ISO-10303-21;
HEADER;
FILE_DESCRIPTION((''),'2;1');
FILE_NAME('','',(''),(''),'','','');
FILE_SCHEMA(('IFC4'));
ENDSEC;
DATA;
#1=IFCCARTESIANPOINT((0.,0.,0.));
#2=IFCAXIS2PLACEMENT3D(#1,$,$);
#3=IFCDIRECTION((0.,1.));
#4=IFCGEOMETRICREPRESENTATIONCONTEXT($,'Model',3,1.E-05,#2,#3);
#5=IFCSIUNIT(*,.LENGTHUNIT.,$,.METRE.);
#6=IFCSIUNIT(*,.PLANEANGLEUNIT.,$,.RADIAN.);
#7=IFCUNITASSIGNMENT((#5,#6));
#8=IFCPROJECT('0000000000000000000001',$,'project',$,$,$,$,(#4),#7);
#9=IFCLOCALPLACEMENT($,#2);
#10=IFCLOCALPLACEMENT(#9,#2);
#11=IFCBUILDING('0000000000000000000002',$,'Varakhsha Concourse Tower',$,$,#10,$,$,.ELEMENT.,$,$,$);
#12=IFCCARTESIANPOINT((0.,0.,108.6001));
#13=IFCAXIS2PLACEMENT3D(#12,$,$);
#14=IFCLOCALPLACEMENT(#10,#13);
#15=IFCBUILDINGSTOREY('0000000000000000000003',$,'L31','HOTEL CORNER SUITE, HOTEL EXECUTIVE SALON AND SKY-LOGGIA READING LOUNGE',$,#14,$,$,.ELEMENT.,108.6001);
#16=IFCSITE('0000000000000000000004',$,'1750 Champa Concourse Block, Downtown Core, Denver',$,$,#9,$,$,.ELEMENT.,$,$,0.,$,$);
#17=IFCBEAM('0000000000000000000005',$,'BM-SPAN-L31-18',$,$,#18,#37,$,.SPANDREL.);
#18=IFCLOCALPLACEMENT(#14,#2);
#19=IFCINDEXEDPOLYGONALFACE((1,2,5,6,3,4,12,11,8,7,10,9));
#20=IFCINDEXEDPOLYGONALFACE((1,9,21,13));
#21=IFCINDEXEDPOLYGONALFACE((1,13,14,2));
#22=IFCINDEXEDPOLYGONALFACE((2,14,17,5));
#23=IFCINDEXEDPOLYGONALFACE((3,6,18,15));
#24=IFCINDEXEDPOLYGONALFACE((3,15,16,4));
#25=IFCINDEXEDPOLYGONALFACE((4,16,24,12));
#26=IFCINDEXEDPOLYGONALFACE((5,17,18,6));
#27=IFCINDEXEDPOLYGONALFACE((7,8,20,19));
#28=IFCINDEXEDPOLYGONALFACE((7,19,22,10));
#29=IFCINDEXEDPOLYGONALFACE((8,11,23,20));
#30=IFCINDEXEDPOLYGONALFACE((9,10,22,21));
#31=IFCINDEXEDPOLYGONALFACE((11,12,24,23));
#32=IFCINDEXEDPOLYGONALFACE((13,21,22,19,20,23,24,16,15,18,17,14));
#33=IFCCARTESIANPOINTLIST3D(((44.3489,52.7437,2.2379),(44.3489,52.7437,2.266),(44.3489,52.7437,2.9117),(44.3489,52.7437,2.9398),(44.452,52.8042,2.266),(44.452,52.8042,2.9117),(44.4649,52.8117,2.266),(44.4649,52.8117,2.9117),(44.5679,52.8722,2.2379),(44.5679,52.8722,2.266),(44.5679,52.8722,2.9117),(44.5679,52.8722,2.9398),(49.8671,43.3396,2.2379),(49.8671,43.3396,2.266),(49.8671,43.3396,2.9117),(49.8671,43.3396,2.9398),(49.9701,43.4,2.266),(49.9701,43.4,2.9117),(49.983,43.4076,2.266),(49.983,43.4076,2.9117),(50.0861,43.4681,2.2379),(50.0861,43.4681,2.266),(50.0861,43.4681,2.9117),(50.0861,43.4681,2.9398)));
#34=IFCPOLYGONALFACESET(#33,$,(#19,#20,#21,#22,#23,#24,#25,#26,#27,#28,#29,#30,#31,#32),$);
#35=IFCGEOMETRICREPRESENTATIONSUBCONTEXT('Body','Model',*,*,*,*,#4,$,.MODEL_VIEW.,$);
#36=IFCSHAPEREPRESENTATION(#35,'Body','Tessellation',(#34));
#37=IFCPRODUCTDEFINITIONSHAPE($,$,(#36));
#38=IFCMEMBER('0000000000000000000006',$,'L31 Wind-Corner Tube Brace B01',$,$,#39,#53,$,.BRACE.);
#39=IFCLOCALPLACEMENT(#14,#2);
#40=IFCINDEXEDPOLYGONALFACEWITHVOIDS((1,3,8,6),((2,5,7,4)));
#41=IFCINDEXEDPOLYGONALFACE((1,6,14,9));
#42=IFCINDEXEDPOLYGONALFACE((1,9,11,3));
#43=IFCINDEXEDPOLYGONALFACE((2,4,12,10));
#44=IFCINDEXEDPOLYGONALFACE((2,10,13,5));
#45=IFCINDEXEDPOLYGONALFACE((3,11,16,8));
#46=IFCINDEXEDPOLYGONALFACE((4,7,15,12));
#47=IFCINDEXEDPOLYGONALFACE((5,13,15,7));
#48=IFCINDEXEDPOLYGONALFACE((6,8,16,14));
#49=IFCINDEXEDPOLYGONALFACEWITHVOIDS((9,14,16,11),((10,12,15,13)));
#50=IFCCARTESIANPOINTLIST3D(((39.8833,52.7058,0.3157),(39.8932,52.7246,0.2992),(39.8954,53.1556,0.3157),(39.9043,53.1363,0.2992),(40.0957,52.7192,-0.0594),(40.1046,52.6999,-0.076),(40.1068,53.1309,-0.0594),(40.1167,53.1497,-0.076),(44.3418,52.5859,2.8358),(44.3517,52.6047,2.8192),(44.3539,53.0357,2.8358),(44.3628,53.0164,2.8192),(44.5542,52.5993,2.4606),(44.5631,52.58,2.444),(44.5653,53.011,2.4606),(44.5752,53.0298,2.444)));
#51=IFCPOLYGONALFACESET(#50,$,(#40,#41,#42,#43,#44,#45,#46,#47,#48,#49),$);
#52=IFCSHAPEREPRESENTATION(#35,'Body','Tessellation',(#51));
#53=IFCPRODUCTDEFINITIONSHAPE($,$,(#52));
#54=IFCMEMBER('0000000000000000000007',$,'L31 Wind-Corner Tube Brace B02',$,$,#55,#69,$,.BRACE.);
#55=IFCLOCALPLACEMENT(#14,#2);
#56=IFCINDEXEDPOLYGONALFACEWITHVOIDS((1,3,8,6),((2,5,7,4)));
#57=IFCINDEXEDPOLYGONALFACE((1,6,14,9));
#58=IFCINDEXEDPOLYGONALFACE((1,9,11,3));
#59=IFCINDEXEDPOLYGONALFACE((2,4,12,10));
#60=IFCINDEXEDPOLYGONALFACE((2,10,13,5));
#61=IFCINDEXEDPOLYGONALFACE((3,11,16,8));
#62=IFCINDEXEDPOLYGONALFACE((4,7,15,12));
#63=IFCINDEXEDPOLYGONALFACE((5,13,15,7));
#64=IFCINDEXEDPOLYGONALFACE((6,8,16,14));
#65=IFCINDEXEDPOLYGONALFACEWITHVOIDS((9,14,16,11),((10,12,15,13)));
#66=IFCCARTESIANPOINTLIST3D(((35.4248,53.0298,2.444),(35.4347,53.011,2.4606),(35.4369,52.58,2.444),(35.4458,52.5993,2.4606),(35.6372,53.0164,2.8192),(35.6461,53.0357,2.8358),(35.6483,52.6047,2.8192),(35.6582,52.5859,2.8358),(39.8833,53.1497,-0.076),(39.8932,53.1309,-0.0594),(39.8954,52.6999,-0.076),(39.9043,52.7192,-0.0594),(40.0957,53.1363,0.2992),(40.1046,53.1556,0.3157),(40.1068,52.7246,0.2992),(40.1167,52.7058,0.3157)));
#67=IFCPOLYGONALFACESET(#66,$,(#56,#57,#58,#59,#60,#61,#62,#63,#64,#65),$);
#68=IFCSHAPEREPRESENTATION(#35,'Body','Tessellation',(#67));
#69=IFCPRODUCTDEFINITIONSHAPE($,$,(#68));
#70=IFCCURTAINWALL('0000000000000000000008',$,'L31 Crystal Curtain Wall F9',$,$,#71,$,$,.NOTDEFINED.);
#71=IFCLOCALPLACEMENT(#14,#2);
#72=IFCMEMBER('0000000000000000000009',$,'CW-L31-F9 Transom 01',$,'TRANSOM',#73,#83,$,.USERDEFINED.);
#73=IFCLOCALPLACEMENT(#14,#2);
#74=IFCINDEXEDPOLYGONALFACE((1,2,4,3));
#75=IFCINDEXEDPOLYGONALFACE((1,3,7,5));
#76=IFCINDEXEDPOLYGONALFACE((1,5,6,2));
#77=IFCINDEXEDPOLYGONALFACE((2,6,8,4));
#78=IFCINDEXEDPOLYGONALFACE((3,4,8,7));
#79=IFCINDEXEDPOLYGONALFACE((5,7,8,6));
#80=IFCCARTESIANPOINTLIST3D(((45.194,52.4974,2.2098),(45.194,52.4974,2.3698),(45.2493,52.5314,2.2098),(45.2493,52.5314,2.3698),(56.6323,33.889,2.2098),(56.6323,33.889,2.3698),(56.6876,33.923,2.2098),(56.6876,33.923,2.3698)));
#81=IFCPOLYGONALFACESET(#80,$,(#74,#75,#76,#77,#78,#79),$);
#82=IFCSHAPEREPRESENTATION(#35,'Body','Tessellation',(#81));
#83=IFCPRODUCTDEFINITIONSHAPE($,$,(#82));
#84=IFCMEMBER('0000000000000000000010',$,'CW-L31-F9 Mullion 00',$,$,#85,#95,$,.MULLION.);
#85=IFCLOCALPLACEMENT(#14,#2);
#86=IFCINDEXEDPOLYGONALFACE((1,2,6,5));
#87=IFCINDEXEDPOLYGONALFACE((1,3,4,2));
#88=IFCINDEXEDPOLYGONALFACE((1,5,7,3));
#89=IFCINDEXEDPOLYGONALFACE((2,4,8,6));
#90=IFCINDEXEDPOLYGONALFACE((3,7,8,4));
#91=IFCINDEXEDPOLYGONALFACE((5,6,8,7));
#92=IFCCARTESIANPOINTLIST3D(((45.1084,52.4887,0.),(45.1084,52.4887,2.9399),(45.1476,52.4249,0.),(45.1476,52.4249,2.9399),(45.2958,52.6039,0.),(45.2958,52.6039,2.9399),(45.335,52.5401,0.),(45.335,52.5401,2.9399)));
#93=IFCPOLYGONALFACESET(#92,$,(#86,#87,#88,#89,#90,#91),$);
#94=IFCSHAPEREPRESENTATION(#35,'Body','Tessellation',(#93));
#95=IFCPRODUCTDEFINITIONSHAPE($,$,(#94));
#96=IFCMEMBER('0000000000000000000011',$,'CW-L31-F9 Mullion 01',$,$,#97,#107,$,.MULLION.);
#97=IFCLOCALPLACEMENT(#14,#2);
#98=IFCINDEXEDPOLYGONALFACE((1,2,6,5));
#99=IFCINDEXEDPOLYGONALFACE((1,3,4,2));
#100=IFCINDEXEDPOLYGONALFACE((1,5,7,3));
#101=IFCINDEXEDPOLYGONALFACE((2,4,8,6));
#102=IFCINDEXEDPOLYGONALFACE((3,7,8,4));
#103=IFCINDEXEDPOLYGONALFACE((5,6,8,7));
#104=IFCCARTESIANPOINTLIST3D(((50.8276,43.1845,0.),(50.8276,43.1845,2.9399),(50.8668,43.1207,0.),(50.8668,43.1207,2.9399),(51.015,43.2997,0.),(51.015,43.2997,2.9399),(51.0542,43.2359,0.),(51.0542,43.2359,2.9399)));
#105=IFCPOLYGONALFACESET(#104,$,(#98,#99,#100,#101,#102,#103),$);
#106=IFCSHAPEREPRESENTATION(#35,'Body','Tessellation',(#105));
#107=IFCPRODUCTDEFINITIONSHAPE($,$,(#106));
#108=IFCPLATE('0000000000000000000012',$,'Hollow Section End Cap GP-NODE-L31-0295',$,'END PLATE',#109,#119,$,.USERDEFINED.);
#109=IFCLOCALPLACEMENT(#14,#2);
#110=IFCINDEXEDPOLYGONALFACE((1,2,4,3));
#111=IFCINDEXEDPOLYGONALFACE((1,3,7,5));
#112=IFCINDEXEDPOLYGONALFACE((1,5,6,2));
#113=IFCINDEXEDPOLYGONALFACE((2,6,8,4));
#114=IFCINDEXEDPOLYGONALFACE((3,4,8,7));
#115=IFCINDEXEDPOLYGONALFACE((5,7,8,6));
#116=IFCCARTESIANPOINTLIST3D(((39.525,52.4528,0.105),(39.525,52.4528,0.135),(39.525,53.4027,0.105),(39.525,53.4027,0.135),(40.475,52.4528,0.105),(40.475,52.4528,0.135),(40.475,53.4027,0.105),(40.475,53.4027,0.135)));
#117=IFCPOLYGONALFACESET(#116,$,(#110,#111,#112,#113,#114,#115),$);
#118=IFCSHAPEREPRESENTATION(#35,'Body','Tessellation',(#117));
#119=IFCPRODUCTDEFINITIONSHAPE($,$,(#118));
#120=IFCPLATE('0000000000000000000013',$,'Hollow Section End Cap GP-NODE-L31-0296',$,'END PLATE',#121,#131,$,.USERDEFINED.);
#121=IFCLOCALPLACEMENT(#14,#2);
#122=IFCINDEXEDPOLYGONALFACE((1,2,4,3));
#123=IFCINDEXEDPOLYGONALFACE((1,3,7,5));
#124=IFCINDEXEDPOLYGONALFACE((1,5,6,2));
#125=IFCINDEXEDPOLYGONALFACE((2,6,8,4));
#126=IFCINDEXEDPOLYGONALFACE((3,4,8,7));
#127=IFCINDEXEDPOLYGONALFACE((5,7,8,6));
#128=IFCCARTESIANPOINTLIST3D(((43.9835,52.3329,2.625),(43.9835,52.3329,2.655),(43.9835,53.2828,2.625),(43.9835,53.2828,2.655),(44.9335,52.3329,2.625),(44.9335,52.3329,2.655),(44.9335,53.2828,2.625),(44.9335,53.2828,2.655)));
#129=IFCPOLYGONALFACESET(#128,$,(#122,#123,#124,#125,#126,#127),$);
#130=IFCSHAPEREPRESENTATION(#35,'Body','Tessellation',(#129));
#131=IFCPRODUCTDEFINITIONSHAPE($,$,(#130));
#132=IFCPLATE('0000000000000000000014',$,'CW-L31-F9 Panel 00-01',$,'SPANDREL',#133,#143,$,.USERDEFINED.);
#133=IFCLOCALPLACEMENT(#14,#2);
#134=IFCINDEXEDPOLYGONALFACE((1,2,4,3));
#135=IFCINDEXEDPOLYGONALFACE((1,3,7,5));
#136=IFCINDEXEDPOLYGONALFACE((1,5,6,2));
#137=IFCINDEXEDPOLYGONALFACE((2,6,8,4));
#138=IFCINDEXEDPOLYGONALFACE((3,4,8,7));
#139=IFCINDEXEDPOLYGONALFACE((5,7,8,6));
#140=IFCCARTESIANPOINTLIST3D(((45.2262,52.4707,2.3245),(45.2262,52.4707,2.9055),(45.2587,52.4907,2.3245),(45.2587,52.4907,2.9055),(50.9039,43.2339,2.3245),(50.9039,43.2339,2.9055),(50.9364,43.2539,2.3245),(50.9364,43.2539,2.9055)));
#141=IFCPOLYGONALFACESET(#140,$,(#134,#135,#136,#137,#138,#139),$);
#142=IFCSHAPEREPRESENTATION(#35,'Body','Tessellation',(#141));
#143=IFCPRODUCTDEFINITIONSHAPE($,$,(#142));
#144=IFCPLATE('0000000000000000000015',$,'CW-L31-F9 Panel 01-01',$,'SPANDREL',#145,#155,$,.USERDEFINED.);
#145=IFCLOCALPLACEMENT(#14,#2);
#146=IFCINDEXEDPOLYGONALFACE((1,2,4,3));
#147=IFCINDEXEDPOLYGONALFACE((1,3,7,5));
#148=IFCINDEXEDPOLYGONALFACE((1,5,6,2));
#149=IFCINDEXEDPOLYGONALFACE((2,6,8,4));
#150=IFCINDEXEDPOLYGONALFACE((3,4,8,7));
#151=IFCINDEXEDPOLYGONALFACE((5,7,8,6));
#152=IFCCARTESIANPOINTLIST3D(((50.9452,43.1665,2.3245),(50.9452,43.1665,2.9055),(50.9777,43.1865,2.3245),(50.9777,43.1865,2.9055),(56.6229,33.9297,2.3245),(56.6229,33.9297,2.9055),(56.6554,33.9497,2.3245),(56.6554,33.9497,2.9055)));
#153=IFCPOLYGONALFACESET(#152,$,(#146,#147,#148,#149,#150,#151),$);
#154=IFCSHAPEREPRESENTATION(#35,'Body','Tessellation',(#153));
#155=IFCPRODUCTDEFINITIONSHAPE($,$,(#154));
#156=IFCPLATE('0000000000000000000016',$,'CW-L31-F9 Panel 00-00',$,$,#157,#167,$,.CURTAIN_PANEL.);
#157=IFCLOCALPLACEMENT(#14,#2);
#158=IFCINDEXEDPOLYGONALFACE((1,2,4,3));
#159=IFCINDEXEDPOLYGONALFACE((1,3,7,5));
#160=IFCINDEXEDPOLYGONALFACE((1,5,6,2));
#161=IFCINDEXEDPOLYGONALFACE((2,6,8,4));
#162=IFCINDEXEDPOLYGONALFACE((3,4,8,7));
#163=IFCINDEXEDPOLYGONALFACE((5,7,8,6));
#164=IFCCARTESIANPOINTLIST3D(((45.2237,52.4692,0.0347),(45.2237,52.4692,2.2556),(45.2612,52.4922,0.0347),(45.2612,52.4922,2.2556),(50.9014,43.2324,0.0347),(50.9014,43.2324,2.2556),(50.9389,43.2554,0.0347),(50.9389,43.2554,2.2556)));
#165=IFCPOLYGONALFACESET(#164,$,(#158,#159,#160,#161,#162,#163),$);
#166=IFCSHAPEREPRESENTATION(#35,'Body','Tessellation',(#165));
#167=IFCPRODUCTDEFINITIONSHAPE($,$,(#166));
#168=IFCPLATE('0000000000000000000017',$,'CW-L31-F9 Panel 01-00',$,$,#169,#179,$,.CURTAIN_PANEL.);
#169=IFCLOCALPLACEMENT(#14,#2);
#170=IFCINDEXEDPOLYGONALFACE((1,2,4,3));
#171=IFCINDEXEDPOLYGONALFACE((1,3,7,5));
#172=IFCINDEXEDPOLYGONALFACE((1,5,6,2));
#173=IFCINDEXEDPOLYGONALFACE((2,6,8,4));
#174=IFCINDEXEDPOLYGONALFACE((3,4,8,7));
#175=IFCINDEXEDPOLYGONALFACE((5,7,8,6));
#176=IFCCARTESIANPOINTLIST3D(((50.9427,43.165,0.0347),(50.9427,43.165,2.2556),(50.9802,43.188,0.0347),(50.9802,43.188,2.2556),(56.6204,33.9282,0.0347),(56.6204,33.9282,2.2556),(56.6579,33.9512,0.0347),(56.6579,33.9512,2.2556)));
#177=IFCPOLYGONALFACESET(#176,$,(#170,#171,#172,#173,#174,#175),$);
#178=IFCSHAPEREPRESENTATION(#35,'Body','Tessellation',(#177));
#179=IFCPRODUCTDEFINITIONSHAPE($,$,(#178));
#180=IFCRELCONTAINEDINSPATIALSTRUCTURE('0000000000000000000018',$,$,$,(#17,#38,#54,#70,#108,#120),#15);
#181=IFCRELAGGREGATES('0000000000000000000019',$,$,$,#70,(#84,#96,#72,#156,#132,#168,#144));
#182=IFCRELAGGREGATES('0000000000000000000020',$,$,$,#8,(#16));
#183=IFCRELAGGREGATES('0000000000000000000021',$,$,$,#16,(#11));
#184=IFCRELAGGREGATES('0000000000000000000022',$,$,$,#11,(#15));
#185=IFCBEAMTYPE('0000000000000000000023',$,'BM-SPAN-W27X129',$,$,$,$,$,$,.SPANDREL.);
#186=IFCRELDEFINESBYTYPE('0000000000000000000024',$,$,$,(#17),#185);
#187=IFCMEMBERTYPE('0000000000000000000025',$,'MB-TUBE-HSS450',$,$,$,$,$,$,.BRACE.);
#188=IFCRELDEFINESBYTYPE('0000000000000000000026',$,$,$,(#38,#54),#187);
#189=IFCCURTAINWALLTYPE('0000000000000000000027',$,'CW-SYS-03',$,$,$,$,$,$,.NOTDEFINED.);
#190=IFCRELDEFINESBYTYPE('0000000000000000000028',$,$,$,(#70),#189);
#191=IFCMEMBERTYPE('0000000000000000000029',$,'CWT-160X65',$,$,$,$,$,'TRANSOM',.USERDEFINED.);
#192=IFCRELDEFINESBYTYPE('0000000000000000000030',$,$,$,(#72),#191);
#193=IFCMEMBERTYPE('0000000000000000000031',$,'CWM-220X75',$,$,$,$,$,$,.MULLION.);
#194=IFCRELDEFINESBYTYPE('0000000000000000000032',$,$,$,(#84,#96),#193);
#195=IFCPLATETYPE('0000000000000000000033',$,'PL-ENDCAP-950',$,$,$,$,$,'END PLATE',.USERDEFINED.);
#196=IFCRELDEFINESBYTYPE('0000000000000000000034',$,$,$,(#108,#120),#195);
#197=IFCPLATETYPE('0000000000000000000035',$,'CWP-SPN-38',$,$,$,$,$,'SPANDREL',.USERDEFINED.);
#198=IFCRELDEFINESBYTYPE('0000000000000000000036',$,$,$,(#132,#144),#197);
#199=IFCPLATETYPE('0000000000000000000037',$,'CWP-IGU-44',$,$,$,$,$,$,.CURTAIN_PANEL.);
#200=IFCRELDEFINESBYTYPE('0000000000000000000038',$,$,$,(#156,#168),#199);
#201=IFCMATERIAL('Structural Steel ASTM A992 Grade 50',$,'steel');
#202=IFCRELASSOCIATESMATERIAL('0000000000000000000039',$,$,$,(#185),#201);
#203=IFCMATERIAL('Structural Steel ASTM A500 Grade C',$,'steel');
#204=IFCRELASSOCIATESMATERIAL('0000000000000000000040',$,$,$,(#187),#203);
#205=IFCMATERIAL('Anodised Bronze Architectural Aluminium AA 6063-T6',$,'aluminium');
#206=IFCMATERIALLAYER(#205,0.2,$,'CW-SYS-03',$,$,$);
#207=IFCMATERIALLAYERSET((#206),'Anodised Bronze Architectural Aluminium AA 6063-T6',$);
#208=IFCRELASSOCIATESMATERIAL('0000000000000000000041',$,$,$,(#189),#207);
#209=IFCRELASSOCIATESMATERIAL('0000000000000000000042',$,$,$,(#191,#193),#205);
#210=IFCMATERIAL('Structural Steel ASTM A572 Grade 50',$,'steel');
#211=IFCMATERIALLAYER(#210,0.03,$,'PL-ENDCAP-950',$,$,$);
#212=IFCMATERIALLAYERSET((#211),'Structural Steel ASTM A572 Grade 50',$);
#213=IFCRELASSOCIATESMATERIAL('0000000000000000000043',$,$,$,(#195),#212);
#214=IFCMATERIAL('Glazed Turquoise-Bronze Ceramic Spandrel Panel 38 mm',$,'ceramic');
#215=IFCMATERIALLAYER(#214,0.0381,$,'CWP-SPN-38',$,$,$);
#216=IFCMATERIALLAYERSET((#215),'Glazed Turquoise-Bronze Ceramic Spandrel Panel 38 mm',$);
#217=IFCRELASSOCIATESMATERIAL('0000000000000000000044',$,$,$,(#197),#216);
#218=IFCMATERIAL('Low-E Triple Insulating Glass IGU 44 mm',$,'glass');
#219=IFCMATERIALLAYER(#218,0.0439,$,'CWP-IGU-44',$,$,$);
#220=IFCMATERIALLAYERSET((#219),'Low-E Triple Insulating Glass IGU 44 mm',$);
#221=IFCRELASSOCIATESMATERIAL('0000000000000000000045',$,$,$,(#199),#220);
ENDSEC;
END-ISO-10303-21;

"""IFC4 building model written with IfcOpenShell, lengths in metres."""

from ifc_helpers import new_model, si_unit, direction, frame, origin, origin_2d, place, context, subcontext, project, spatial, rectangle, hollow_rectangle, i_section, extrude, source, transform, mapped, material, layer, layer_set, material_profile, profile_set, type_object, type_shapes, element, aggregate, save


model = new_model("IFC4")

# Units and contexts
model_context = context("Model", 3, precision=1e-05, world=origin(), true_north=direction((0.0, 1.0)))
body_context = subcontext(model_context, "Body", "Model", "MODEL_VIEW")
ifc_project = project(units=[si_unit("LENGTHUNIT", "METRE"), si_unit("PLANEANGLEUNIT", "RADIAN")], contexts=[model_context])

# Site, building, storey
site_placement = place(None, origin())
site = spatial("IfcSite", under=ifc_project, at=site_placement, Name="1750 Champa Concourse Block, Downtown Core, Denver", CompositionType="ELEMENT", RefElevation=0.0)
building_placement = place(site_placement, origin())
building = spatial("IfcBuilding", under=site, at=building_placement, Name="Varakhsha Concourse Tower", CompositionType="ELEMENT")
storey_placement = place(building_placement, frame((0.0, 0.0, 108.6001)))
storey = spatial("IfcBuildingStorey", under=building, at=storey_placement, Name="L31", Description="HOTEL CORNER SUITE, HOTEL EXECUTIVE SALON AND SKY-LOGGIA READING LOUNGE", CompositionType="ELEMENT", Elevation=108.6001)

# Shared definitions
ifc_material_1 = material(Name="Structural Steel ASTM A992 Grade 50", Category="steel")
ifc_material_2 = material(Name="Structural Steel ASTM A572 Grade 50", Category="steel")

# Beam
ifc_material_profile_1 = material_profile(ifc_material_1, i_section(OverallWidth=0.2539, OverallDepth=0.7019, WebThickness=0.0149, FlangeThickness=0.0281, at=origin_2d()), Name="W27X129")
ifc_profile_set_1 = profile_set([ifc_material_profile_1], Name="Structural Steel ASTM A992 Grade 50")
beam_type_1 = type_object("IfcBeamType", Name="BM-SPAN-W27X129", PredefinedType="SPANDREL", material=ifc_profile_set_1)
beam_1_placement = place(storey_placement, frame((49.9766, 43.4038, 2.5889), z_axis=(-0.506084, 0.862484, 0.0), x_axis=(-0.862484, -0.506084, 0.0)))
element("IfcBeam", 1, at=beam_1_placement, inside=storey, type_object=beam_type_1, Name="BM-SPAN-L31-18", PredefinedType="SPANDREL", context=body_context, shape_type="SweptSolid", body=[
    extrude(i_section(OverallWidth=0.2539, OverallDepth=0.7019, WebThickness=0.0149, FlangeThickness=0.0281, at=origin_2d()), origin(), (0.0, 0.0, 1.0), 10.9036),
])

# Members
ifc_material_3 = material(Name="Structural Steel ASTM A500 Grade C", Category="steel")
ifc_material_profile_2 = material_profile(ifc_material_3, hollow_rectangle(XDim=0.45, YDim=0.45, WallThickness=0.019, at=origin_2d()), Name="HSS 450x450x19")
ifc_profile_set_2 = profile_set([ifc_material_profile_2], Name="Structural Steel ASTM A500 Grade C")
member_type_1 = type_object("IfcMemberType", Name="MB-TUBE-HSS450", PredefinedType="BRACE", material=ifc_profile_set_2)
shared_shape_1 = source(origin(), body_context, "Body", "SweptSolid", [
    extrude(hollow_rectangle(XDim=0.45, YDim=0.45, WallThickness=0.019, at=origin_2d()), origin(), (0.0, 0.0, 1.0), 5.1228),
])
type_shapes(member_type_1, [shared_shape_1])
for number, where, z_axis, x_axis, name in (
    (2, (40.0, 52.9277, 0.1199), (0.870324, -0.0234, 0.491923), (0.026877, 0.999639, 0.0), "L31 Wind-Corner Tube Brace B01"),
    (3, (40.0, 52.9277, 0.1199), (-0.870324, -0.0234, 0.491923), (0.026877, -0.999639, 0.0), "L31 Wind-Corner Tube Brace B02"),
):
    element("IfcMember", number, at=place(storey_placement, frame(where, z_axis=z_axis, x_axis=x_axis)), inside=storey, type_object=member_type_1, Name=name, PredefinedType="BRACE", context=body_context, shape_type="MappedRepresentation", body=[
        mapped(shared_shape_1, transform((0.0, 0.0, 0.0), scale=1.0)),
    ])

# Curtain wall, members
ifc_material_4 = material(Name="Anodised Bronze Architectural Aluminium AA 6063-T6", Category="aluminium")
ifc_layer_1 = layer(ifc_material_4, 0.2, Name="CW-SYS-03")
ifc_layer_set_1 = layer_set([ifc_layer_1], Name="Anodised Bronze Architectural Aluminium AA 6063-T6")
curtain_wall_type = type_object("IfcCurtainWallType", Name="CW-SYS-03", PredefinedType="NOTDEFINED", material=ifc_layer_set_1)
curtain_wall_placement = place(storey_placement, origin())
curtain_wall = element("IfcCurtainWall", 4, at=curtain_wall_placement, inside=storey, type_object=curtain_wall_type, Name="L31 Crystal Curtain Wall F9", PredefinedType="NOTDEFINED")
ifc_material_profile_3 = material_profile(ifc_material_4, rectangle(XDim=0.0649, YDim=0.1599, at=origin_2d()), Name="CWT-160X65")
ifc_profile_set_3 = profile_set([ifc_material_profile_3], Name="Anodised Bronze Architectural Aluminium AA 6063-T6")
member_type_2 = type_object("IfcMemberType", Name="CWT-160X65", ElementType="TRANSOM", PredefinedType="USERDEFINED", material=ifc_profile_set_3)
shared_shape_2 = source(origin(), body_context, "Body", "SweptSolid", [
    extrude(rectangle(XDim=0.0649, YDim=0.1599, at=origin_2d()), origin(), (0.0, 0.0, 1.0), 21.8428),
])
type_shapes(member_type_2, [shared_shape_2])
member_1_placement = place(storey_placement, frame((45.2217, 52.5144, 2.2898), z_axis=(0.523663, -0.851926, 0.0), x_axis=(0.851926, 0.523663, 0.0)))
member_1 = element("IfcMember", 5, at=member_1_placement, type_object=member_type_2, Name="CW-L31-F9 Transom 01", ObjectType="TRANSOM", PredefinedType="USERDEFINED", context=body_context, shape_type="MappedRepresentation", body=[
    mapped(shared_shape_2, transform((0.0, 0.0, 0.0), scale=1.0)),
])
ifc_material_profile_4 = material_profile(ifc_material_4, rectangle(XDim=0.075, YDim=0.22, at=origin_2d()), Name="CWM-220X75")
ifc_profile_set_4 = profile_set([ifc_material_profile_4], Name="Anodised Bronze Architectural Aluminium AA 6063-T6")
member_type_3 = type_object("IfcMemberType", Name="CWM-220X75", PredefinedType="MULLION", material=ifc_profile_set_4)
shared_shape_3 = source(origin(), body_context, "Body", "SweptSolid", [
    extrude(rectangle(XDim=0.075, YDim=0.22, at=origin_2d()), origin(), (0.0, 0.0, 1.0), 2.9399),
])
type_shapes(member_type_3, [shared_shape_3])
member_2_placement = place(storey_placement, frame((45.2217, 52.5144, 0.0), z_axis=(0.0, 0.0, 1.0), x_axis=(0.523665, -0.851924, 0.0)))
member_2 = element("IfcMember", 6, at=member_2_placement, type_object=member_type_3, Name="CW-L31-F9 Mullion 00", PredefinedType="MULLION", context=body_context, shape_type="MappedRepresentation", body=[
    mapped(shared_shape_3, transform((0.0, 0.0, 0.0), scale=1.0)),
])
member_3_placement = place(storey_placement, frame((50.9409, 43.2102, 0.0), z_axis=(0.0, 0.0, 1.0), x_axis=(0.523665, -0.851924, 0.0)))
member_3 = element("IfcMember", 7, at=member_3_placement, type_object=member_type_3, Name="CW-L31-F9 Mullion 01", PredefinedType="MULLION", context=body_context, shape_type="MappedRepresentation", body=[
    mapped(shared_shape_3, transform((0.0, 0.0, 0.0), scale=1.0)),
])

# Plates
ifc_layer_2 = layer(ifc_material_2, 0.03, Name="PL-ENDCAP-950")
ifc_layer_set_2 = layer_set([ifc_layer_2], Name="Structural Steel ASTM A572 Grade 50")
plate_type_1 = type_object("IfcPlateType", Name="PL-ENDCAP-950", ElementType="END PLATE", PredefinedType="USERDEFINED", material=ifc_layer_set_2)
shared_shape_4 = source(origin(), body_context, "Body", "SweptSolid", [
    extrude(rectangle(XDim=0.95, YDim=0.95, at=origin_2d()), origin(), (0.0, 0.0, 1.0), 0.03),
])
type_shapes(plate_type_1, [shared_shape_4])
for number, where, z_axis, x_axis, name in (
    (8, (40.0, 52.9277, 0.105), (0.0, 0.0, 1.0), (1.0, 0.0, 0.0), "Hollow Section End Cap GP-NODE-L31-0295"),
    (9, (44.4585, 52.8079, 2.625), (0.0, 0.0, 1.0), (1.0, 0.0, 0.0), "Hollow Section End Cap GP-NODE-L31-0296"),
):
    element("IfcPlate", number, at=place(storey_placement, frame(where, z_axis=z_axis, x_axis=x_axis)), inside=storey, type_object=plate_type_1, Name=name, ObjectType="END PLATE", PredefinedType="USERDEFINED", context=body_context, shape_type="MappedRepresentation", body=[
        mapped(shared_shape_4, transform((0.0, 0.0, 0.0), scale=1.0)),
    ])

# Plates
ifc_material_5 = material(Name="Glazed Turquoise-Bronze Ceramic Spandrel Panel 38 mm", Category="ceramic")
ifc_layer_3 = layer(ifc_material_5, 0.0381, Name="CWP-SPN-38")
ifc_layer_set_3 = layer_set([ifc_layer_3], Name="Glazed Turquoise-Bronze Ceramic Spandrel Panel 38 mm")
plate_type_2 = type_object("IfcPlateType", Name="CWP-SPN-38", ElementType="SPANDREL", PredefinedType="USERDEFINED", material=ifc_layer_set_3)
shared_shape_5 = source(origin(), body_context, "Body", "SweptSolid", [
    extrude(rectangle(XDim=10.8423, YDim=0.0381, at=origin_2d()), origin(), (0.0, 0.0, 1.0), 0.5811),
])
type_shapes(plate_type_2, [shared_shape_5])
plate_1_placement = place(storey_placement, frame((48.0813, 47.8623, 2.3245), z_axis=(0.0, 0.0, 1.0), x_axis=(0.523665, -0.851924, 0.0)))
plate_1 = element("IfcPlate", 10, at=plate_1_placement, type_object=plate_type_2, Name="CW-L31-F9 Panel 00-01", ObjectType="SPANDREL", PredefinedType="USERDEFINED", context=body_context, shape_type="MappedRepresentation", body=[
    mapped(shared_shape_5, transform((0.0, 0.0, 0.0), scale=1.0)),
])
plate_2_placement = place(storey_placement, frame((53.8003, 38.5581, 2.3245), z_axis=(0.0, 0.0, 1.0), x_axis=(0.523665, -0.851924, 0.0)))
plate_2 = element("IfcPlate", 11, at=plate_2_placement, type_object=plate_type_2, Name="CW-L31-F9 Panel 01-01", ObjectType="SPANDREL", PredefinedType="USERDEFINED", context=body_context, shape_type="MappedRepresentation", body=[
    mapped(shared_shape_5, transform((0.0, 0.0, 0.0), scale=1.0)),
])
ifc_material_6 = material(Name="Low-E Triple Insulating Glass IGU 44 mm", Category="glass")
ifc_layer_4 = layer(ifc_material_6, 0.0439, Name="CWP-IGU-44")
ifc_layer_set_4 = layer_set([ifc_layer_4], Name="Low-E Triple Insulating Glass IGU 44 mm")
plate_type_3 = type_object("IfcPlateType", Name="CWP-IGU-44", PredefinedType="CURTAIN_PANEL", material=ifc_layer_set_4)
shared_shape_6 = source(origin(), body_context, "Body", "SweptSolid", [
    extrude(rectangle(XDim=10.8423, YDim=0.0439, at=origin_2d()), origin(), (0.0, 0.0, 1.0), 2.2209),
])
type_shapes(plate_type_3, [shared_shape_6])
plate_3_placement = place(storey_placement, frame((48.0813, 47.8623, 0.0347), z_axis=(0.0, 0.0, 1.0), x_axis=(0.523665, -0.851924, 0.0)))
plate_3 = element("IfcPlate", 12, at=plate_3_placement, type_object=plate_type_3, Name="CW-L31-F9 Panel 00-00", PredefinedType="CURTAIN_PANEL", context=body_context, shape_type="MappedRepresentation", body=[
    mapped(shared_shape_6, transform((0.0, 0.0, 0.0), scale=1.0)),
])
plate_4_placement = place(storey_placement, frame((53.8003, 38.5581, 0.0347), z_axis=(0.0, 0.0, 1.0), x_axis=(0.523665, -0.851924, 0.0)))
plate_4 = element("IfcPlate", 13, at=plate_4_placement, type_object=plate_type_3, Name="CW-L31-F9 Panel 01-00", PredefinedType="CURTAIN_PANEL", context=body_context, shape_type="MappedRepresentation", body=[
    mapped(shared_shape_6, transform((0.0, 0.0, 0.0), scale=1.0)),
])
aggregate(curtain_wall, [member_2, member_3, member_1, plate_3, plate_1, plate_4, plate_2])

save(model, "model.ifc")
